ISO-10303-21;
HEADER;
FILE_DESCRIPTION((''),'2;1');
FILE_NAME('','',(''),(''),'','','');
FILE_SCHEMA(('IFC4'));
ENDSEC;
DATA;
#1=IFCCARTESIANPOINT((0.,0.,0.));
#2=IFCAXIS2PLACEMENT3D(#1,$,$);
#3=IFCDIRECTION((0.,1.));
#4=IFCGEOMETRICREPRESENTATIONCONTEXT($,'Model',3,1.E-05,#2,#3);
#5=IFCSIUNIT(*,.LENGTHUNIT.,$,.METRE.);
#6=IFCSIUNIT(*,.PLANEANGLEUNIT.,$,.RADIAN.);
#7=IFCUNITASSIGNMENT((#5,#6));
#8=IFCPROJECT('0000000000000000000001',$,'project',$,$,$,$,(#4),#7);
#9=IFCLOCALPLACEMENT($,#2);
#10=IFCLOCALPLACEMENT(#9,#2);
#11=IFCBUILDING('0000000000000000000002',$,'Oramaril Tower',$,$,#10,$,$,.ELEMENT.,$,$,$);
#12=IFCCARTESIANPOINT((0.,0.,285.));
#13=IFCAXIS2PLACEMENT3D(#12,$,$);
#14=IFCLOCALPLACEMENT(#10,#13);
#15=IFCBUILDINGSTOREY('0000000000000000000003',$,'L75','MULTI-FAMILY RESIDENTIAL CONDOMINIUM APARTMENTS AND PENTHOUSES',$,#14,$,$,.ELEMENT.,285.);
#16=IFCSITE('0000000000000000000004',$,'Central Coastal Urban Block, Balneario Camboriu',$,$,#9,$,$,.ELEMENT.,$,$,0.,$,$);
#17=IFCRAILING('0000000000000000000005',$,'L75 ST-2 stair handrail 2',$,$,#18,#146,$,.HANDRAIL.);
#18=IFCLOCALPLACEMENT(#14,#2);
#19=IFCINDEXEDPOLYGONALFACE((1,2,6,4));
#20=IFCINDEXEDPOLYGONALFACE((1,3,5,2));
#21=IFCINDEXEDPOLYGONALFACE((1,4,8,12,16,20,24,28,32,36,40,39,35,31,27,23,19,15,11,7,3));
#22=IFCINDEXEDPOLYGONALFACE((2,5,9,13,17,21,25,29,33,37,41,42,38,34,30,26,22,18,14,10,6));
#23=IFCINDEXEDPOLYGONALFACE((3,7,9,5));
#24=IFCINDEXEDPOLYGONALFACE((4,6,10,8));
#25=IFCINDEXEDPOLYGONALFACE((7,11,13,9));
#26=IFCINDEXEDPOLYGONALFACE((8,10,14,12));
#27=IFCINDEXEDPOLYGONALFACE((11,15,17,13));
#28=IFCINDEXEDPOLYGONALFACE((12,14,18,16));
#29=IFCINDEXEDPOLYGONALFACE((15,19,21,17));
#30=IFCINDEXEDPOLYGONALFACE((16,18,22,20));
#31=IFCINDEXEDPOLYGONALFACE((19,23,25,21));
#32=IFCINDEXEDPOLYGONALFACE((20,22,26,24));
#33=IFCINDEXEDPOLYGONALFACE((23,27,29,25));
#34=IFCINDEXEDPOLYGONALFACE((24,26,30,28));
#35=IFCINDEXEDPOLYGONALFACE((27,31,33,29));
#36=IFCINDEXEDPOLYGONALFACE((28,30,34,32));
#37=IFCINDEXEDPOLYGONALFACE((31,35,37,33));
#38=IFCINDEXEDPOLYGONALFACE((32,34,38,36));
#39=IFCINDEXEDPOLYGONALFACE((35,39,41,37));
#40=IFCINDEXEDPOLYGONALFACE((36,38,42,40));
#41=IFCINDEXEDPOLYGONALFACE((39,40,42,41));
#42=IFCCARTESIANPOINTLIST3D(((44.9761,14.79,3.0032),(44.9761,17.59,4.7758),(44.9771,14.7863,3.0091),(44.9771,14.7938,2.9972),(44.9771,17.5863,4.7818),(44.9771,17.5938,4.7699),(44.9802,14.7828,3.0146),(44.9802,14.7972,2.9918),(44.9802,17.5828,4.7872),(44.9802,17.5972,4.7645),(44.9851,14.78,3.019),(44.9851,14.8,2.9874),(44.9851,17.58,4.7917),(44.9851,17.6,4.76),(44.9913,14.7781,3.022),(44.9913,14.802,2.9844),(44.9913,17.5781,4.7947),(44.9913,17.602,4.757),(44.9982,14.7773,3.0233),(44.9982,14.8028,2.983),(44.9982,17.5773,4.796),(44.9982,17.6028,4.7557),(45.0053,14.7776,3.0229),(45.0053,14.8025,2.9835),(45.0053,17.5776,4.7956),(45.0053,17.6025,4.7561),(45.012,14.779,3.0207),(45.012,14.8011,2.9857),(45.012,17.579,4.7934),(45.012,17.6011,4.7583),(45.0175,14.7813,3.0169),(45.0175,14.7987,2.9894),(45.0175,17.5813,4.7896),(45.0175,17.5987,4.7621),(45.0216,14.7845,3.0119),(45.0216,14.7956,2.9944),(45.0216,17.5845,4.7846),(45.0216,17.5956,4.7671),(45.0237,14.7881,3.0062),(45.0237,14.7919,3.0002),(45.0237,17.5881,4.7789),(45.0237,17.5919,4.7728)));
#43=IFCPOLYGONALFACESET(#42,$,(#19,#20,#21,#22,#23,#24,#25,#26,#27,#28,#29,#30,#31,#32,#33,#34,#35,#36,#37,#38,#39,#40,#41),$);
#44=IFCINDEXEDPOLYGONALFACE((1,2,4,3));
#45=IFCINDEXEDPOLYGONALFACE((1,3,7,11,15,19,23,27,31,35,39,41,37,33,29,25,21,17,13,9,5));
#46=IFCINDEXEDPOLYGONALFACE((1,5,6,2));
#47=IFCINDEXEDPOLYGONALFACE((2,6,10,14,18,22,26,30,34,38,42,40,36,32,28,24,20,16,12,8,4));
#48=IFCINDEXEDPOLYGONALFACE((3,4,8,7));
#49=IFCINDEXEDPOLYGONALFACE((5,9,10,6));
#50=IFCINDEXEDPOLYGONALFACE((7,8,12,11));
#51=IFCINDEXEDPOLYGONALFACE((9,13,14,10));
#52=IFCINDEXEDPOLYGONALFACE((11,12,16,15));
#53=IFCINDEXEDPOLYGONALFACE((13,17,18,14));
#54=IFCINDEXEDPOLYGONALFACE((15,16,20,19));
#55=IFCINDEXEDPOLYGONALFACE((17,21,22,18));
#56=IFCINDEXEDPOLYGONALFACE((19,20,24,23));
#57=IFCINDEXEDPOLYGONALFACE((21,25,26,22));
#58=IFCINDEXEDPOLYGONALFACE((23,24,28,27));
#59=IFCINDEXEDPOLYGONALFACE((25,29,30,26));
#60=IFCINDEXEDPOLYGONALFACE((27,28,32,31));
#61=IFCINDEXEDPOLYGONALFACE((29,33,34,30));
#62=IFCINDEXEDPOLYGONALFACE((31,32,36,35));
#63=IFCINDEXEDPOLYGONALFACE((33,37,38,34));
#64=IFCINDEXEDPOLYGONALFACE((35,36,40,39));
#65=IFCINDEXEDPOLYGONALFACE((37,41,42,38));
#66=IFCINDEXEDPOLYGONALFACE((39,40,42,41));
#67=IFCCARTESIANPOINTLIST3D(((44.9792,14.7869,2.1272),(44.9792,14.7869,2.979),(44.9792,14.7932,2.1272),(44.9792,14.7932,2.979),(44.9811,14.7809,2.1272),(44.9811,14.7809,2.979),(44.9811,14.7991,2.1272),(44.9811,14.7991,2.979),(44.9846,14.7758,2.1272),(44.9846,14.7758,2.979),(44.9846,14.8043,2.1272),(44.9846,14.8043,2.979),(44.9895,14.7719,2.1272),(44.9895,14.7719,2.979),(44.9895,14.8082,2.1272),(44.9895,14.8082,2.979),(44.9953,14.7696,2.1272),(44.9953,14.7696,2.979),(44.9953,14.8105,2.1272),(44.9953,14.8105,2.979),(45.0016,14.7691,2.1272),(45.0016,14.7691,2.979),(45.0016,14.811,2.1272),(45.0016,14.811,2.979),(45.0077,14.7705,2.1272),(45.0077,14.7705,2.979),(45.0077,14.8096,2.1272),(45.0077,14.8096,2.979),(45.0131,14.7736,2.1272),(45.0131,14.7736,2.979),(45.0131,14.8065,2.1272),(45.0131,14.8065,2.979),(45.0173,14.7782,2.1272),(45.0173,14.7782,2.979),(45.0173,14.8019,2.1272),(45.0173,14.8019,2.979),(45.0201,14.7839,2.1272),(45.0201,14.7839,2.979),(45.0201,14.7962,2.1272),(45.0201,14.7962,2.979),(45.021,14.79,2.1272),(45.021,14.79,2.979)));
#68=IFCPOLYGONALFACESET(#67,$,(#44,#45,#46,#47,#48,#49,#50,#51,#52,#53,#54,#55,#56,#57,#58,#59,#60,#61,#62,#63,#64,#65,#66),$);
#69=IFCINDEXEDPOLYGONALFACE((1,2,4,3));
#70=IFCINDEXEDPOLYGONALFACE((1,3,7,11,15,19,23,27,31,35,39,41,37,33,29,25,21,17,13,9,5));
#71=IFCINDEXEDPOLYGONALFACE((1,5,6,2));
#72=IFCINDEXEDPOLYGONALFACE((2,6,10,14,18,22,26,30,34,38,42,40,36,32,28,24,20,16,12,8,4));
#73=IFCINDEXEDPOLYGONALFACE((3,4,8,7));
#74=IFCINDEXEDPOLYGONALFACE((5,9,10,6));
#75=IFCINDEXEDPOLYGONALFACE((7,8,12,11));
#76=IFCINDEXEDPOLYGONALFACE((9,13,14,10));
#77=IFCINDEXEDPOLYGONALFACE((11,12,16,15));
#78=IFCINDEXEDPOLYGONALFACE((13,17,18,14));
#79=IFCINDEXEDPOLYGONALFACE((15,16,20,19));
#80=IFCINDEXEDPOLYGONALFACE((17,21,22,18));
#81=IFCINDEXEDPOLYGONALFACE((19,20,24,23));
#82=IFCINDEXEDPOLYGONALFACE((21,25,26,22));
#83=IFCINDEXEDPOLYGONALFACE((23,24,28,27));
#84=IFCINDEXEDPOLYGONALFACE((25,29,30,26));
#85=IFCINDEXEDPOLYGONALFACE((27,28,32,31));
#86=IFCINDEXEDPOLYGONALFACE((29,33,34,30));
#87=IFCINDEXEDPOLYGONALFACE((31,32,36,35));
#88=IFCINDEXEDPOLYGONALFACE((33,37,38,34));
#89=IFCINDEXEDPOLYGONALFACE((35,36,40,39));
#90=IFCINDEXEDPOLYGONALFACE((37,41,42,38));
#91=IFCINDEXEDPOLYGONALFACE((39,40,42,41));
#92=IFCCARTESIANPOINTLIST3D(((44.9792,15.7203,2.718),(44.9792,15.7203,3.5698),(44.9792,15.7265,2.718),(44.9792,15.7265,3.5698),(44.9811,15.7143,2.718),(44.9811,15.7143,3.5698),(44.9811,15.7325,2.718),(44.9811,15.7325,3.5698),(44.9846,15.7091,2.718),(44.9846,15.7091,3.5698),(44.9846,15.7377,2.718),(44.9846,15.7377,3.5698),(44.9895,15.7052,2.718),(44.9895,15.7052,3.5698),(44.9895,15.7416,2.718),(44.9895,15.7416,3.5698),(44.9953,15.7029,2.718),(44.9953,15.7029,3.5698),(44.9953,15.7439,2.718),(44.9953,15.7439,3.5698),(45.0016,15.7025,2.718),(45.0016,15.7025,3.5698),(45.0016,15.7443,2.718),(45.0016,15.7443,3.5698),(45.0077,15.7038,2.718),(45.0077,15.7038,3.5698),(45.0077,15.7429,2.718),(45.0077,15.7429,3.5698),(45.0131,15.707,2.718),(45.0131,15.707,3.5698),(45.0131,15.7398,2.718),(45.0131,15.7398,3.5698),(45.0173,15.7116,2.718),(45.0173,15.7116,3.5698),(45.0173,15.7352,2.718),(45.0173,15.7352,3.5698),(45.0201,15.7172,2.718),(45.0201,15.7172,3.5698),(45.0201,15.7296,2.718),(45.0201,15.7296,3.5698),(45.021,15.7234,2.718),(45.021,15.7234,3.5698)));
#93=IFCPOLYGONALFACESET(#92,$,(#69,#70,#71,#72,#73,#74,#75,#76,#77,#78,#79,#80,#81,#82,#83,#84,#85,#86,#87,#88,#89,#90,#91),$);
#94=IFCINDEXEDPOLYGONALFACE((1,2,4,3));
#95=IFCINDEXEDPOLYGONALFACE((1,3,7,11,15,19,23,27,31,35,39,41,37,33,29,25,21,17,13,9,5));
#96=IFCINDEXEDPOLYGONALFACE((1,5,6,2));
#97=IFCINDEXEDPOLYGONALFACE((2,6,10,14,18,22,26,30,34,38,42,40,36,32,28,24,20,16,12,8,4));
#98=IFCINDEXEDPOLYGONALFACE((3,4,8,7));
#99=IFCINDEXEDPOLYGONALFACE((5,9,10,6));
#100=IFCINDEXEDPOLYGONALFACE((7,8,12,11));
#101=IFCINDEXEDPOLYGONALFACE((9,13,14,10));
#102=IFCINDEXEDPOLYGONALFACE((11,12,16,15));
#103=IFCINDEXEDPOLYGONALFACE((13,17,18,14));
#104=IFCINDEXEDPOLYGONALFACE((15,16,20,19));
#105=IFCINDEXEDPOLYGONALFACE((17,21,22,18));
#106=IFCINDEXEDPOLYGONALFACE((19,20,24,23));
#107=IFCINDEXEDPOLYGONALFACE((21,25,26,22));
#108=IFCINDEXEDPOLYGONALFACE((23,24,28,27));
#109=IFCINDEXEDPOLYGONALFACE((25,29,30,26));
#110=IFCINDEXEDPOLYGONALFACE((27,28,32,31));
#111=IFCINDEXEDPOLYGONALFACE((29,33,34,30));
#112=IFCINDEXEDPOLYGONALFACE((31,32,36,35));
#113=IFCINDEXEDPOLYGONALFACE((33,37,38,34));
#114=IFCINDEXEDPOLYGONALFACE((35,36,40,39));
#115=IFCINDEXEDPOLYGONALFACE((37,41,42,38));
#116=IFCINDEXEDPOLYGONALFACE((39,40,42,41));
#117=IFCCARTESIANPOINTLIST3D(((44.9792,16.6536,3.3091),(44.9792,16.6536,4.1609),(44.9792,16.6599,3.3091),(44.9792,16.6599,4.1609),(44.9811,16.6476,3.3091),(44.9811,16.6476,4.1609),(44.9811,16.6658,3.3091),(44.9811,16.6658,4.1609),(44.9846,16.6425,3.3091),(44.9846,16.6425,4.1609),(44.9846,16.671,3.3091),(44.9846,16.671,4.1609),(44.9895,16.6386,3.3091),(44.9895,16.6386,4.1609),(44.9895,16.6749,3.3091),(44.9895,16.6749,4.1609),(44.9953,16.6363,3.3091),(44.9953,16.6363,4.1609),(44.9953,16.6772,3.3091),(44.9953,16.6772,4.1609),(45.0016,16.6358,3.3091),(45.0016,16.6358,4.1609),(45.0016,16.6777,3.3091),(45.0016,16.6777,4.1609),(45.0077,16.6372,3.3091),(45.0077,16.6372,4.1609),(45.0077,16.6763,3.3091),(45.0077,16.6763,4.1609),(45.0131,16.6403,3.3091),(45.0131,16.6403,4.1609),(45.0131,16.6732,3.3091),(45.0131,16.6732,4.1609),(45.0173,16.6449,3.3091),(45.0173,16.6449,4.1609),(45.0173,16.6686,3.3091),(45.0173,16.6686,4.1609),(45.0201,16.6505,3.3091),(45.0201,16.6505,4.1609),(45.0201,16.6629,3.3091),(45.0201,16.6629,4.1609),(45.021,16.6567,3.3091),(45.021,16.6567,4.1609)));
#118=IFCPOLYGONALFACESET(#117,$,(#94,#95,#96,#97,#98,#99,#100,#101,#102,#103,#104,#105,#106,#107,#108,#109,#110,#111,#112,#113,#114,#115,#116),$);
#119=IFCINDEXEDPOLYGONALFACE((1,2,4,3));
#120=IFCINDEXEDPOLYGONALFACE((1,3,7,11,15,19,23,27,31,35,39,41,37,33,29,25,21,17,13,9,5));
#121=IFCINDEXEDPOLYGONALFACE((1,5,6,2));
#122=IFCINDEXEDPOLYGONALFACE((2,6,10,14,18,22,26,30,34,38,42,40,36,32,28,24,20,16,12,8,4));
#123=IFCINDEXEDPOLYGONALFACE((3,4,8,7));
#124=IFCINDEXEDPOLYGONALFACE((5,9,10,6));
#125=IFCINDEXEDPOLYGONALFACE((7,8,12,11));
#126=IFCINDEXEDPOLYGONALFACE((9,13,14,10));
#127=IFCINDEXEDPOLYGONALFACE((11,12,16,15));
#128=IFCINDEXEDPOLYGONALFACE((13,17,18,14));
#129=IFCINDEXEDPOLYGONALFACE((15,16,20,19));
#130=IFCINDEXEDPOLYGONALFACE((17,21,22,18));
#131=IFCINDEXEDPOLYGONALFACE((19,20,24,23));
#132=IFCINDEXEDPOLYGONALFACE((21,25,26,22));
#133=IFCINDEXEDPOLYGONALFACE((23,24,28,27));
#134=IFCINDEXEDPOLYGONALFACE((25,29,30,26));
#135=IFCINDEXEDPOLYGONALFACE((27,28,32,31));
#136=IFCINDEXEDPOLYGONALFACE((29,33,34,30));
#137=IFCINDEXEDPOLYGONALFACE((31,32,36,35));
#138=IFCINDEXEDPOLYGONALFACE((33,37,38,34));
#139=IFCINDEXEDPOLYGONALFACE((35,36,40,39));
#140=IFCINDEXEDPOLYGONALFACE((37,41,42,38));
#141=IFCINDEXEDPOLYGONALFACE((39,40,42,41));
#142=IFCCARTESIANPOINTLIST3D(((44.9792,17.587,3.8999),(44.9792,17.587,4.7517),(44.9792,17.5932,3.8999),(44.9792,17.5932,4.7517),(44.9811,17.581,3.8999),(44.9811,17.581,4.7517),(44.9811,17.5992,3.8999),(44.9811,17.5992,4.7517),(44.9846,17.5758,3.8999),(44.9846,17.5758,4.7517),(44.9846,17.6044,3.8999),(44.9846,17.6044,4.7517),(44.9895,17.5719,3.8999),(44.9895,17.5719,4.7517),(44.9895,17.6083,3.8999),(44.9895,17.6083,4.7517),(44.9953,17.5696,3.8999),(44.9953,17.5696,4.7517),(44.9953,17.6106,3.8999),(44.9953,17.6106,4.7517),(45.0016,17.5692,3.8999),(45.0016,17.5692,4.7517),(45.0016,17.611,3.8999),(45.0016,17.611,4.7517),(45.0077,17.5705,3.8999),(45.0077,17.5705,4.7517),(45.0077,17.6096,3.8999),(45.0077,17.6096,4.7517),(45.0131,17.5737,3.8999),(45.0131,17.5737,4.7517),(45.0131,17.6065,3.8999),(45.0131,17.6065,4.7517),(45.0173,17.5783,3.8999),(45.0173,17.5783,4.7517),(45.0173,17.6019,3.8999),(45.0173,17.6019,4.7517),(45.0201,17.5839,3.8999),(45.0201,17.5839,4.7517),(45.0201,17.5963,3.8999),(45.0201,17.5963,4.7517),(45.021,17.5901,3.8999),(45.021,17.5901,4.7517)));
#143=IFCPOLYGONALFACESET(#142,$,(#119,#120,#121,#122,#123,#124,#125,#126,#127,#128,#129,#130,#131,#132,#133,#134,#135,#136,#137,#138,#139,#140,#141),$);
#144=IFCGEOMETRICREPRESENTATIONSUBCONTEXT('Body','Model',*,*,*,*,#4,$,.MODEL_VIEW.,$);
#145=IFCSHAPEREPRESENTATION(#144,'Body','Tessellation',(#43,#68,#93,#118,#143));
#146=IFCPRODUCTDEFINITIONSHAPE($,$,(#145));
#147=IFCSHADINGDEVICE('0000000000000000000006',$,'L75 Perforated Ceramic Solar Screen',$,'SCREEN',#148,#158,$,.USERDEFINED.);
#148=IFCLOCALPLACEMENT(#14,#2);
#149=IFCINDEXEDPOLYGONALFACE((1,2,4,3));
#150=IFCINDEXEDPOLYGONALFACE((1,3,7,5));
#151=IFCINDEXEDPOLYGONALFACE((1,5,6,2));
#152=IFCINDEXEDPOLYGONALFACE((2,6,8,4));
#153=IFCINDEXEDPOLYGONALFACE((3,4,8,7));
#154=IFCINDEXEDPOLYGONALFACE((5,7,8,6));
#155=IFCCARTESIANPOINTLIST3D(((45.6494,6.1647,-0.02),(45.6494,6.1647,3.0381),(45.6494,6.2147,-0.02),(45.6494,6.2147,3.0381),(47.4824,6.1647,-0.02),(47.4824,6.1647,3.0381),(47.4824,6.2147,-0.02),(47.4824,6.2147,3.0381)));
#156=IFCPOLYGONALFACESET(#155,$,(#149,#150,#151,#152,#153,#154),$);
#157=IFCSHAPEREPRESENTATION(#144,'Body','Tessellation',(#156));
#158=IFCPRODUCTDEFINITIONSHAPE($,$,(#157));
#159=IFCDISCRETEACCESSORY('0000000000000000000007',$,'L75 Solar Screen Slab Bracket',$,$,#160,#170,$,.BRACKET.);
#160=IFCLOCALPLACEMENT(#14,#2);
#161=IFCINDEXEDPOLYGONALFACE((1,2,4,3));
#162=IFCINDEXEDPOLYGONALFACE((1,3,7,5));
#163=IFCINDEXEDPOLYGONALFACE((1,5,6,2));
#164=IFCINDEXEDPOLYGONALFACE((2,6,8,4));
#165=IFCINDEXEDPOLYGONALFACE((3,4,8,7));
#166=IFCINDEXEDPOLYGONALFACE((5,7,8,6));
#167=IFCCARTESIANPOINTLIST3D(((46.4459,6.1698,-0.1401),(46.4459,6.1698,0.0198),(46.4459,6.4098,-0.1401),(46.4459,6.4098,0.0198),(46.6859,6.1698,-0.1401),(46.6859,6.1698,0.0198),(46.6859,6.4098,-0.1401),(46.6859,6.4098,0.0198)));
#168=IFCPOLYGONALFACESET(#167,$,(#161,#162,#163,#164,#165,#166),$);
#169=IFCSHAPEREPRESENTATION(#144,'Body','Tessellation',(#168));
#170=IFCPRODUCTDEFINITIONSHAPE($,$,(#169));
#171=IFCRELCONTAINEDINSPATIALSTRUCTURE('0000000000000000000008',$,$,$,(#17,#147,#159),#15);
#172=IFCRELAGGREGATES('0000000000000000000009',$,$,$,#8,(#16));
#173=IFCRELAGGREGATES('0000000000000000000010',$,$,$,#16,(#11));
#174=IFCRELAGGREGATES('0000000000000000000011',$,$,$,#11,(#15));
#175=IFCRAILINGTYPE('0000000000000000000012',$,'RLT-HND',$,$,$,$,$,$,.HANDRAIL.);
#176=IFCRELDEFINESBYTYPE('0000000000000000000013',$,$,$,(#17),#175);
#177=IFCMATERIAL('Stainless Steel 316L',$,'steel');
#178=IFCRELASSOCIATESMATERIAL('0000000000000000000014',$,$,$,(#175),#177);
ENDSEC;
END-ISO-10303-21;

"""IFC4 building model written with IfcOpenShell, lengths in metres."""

from ifc_helpers import new_model, si_unit, direction, frame, origin, origin_2d, place, context, subcontext, project, spatial, rectangle, circle, extrude, material, type_object, element, save


model = new_model("IFC4")

# Units and contexts
model_context = context("Model", 3, precision=1e-05, world=origin(), true_north=direction((0.0, 1.0)))
body_context = subcontext(model_context, "Body", "Model", "MODEL_VIEW")
ifc_project = project(units=[si_unit("LENGTHUNIT", "METRE"), si_unit("PLANEANGLEUNIT", "RADIAN")], contexts=[model_context])

# Site, building, storey
site_placement = place(None, origin())
site = spatial("IfcSite", under=ifc_project, at=site_placement, Name="Central Coastal Urban Block, Balneario Camboriu", CompositionType="ELEMENT", RefElevation=0.0)
building_placement = place(site_placement, origin())
building = spatial("IfcBuilding", under=site, at=building_placement, Name="Oramaril Tower", CompositionType="ELEMENT")
storey_placement = place(building_placement, frame((0.0, 0.0, 285.0)))
storey = spatial("IfcBuildingStorey", under=building, at=storey_placement, Name="L75", Description="MULTI-FAMILY RESIDENTIAL CONDOMINIUM APARTMENTS AND PENTHOUSES", CompositionType="ELEMENT", Elevation=285.0)

# Railing
ifc_material_1 = material(Name="Stainless Steel 316L", Category="steel")
railing_type_1 = type_object("IfcRailingType", Name="RLT-HND", PredefinedType="HANDRAIL", material=ifc_material_1)
railing_1_placement = place(storey_placement, frame((45.0, 14.79, 2.1272)))
element("IfcRailing", 1, at=railing_1_placement, inside=storey, type_object=railing_type_1, Name="L75 ST-2 stair handrail 2", PredefinedType="HANDRAIL", context=body_context, shape_type="SweptSolid", body=[
    extrude(circle(Radius=0.0239, at=origin_2d()), frame((0.0, 0.0, 0.876), z_axis=(0.0, 0.844909, 0.53491), x_axis=(-1.0, 0.0, 0.0)), (0.0, 0.0, 1.0), 3.314),
    extrude(circle(Radius=0.021, at=origin_2d()), origin(), (0.0, 0.0, 1.0), 0.8518),
    extrude(circle(Radius=0.021, at=origin_2d()), frame((0.0, 0.9333, 0.5908)), (0.0, 0.0, 1.0), 0.8518),
    extrude(circle(Radius=0.021, at=origin_2d()), frame((0.0, 1.8667, 1.1819)), (0.0, 0.0, 1.0), 0.8518),
    extrude(circle(Radius=0.021, at=origin_2d()), frame((0.0, 2.8, 1.7727)), (0.0, 0.0, 1.0), 0.8518),
])

# Shading device
shading_device_placement = place(storey_placement, frame((46.5659, 6.1897, -0.02), z_axis=(0.0, 0.0, 1.0), x_axis=(1.0, 0.0, 0.0)))
element("IfcShadingDevice", 2, at=shading_device_placement, inside=storey, Name="L75 Perforated Ceramic Solar Screen", ObjectType="SCREEN", PredefinedType="USERDEFINED", context=body_context, shape_type="SweptSolid", body=[
    extrude(rectangle(XDim=1.833, YDim=0.05, at=origin_2d()), origin(), (0.0, 0.0, 1.0), 3.0581),
])

# Discrete accessory
discrete_accessory_placement = place(storey_placement, frame((46.5659, 6.2898, -0.1401), z_axis=(0.0, 0.0, 1.0), x_axis=(1.0, 0.0, 0.0)))
element("IfcDiscreteAccessory", 3, at=discrete_accessory_placement, inside=storey, Name="L75 Solar Screen Slab Bracket", PredefinedType="BRACKET", context=body_context, shape_type="SweptSolid", body=[
    extrude(rectangle(XDim=0.24, YDim=0.24, at=origin_2d()), origin(), (0.0, 0.0, 1.0), 0.1599),
])

save(model, "model.ifc")
